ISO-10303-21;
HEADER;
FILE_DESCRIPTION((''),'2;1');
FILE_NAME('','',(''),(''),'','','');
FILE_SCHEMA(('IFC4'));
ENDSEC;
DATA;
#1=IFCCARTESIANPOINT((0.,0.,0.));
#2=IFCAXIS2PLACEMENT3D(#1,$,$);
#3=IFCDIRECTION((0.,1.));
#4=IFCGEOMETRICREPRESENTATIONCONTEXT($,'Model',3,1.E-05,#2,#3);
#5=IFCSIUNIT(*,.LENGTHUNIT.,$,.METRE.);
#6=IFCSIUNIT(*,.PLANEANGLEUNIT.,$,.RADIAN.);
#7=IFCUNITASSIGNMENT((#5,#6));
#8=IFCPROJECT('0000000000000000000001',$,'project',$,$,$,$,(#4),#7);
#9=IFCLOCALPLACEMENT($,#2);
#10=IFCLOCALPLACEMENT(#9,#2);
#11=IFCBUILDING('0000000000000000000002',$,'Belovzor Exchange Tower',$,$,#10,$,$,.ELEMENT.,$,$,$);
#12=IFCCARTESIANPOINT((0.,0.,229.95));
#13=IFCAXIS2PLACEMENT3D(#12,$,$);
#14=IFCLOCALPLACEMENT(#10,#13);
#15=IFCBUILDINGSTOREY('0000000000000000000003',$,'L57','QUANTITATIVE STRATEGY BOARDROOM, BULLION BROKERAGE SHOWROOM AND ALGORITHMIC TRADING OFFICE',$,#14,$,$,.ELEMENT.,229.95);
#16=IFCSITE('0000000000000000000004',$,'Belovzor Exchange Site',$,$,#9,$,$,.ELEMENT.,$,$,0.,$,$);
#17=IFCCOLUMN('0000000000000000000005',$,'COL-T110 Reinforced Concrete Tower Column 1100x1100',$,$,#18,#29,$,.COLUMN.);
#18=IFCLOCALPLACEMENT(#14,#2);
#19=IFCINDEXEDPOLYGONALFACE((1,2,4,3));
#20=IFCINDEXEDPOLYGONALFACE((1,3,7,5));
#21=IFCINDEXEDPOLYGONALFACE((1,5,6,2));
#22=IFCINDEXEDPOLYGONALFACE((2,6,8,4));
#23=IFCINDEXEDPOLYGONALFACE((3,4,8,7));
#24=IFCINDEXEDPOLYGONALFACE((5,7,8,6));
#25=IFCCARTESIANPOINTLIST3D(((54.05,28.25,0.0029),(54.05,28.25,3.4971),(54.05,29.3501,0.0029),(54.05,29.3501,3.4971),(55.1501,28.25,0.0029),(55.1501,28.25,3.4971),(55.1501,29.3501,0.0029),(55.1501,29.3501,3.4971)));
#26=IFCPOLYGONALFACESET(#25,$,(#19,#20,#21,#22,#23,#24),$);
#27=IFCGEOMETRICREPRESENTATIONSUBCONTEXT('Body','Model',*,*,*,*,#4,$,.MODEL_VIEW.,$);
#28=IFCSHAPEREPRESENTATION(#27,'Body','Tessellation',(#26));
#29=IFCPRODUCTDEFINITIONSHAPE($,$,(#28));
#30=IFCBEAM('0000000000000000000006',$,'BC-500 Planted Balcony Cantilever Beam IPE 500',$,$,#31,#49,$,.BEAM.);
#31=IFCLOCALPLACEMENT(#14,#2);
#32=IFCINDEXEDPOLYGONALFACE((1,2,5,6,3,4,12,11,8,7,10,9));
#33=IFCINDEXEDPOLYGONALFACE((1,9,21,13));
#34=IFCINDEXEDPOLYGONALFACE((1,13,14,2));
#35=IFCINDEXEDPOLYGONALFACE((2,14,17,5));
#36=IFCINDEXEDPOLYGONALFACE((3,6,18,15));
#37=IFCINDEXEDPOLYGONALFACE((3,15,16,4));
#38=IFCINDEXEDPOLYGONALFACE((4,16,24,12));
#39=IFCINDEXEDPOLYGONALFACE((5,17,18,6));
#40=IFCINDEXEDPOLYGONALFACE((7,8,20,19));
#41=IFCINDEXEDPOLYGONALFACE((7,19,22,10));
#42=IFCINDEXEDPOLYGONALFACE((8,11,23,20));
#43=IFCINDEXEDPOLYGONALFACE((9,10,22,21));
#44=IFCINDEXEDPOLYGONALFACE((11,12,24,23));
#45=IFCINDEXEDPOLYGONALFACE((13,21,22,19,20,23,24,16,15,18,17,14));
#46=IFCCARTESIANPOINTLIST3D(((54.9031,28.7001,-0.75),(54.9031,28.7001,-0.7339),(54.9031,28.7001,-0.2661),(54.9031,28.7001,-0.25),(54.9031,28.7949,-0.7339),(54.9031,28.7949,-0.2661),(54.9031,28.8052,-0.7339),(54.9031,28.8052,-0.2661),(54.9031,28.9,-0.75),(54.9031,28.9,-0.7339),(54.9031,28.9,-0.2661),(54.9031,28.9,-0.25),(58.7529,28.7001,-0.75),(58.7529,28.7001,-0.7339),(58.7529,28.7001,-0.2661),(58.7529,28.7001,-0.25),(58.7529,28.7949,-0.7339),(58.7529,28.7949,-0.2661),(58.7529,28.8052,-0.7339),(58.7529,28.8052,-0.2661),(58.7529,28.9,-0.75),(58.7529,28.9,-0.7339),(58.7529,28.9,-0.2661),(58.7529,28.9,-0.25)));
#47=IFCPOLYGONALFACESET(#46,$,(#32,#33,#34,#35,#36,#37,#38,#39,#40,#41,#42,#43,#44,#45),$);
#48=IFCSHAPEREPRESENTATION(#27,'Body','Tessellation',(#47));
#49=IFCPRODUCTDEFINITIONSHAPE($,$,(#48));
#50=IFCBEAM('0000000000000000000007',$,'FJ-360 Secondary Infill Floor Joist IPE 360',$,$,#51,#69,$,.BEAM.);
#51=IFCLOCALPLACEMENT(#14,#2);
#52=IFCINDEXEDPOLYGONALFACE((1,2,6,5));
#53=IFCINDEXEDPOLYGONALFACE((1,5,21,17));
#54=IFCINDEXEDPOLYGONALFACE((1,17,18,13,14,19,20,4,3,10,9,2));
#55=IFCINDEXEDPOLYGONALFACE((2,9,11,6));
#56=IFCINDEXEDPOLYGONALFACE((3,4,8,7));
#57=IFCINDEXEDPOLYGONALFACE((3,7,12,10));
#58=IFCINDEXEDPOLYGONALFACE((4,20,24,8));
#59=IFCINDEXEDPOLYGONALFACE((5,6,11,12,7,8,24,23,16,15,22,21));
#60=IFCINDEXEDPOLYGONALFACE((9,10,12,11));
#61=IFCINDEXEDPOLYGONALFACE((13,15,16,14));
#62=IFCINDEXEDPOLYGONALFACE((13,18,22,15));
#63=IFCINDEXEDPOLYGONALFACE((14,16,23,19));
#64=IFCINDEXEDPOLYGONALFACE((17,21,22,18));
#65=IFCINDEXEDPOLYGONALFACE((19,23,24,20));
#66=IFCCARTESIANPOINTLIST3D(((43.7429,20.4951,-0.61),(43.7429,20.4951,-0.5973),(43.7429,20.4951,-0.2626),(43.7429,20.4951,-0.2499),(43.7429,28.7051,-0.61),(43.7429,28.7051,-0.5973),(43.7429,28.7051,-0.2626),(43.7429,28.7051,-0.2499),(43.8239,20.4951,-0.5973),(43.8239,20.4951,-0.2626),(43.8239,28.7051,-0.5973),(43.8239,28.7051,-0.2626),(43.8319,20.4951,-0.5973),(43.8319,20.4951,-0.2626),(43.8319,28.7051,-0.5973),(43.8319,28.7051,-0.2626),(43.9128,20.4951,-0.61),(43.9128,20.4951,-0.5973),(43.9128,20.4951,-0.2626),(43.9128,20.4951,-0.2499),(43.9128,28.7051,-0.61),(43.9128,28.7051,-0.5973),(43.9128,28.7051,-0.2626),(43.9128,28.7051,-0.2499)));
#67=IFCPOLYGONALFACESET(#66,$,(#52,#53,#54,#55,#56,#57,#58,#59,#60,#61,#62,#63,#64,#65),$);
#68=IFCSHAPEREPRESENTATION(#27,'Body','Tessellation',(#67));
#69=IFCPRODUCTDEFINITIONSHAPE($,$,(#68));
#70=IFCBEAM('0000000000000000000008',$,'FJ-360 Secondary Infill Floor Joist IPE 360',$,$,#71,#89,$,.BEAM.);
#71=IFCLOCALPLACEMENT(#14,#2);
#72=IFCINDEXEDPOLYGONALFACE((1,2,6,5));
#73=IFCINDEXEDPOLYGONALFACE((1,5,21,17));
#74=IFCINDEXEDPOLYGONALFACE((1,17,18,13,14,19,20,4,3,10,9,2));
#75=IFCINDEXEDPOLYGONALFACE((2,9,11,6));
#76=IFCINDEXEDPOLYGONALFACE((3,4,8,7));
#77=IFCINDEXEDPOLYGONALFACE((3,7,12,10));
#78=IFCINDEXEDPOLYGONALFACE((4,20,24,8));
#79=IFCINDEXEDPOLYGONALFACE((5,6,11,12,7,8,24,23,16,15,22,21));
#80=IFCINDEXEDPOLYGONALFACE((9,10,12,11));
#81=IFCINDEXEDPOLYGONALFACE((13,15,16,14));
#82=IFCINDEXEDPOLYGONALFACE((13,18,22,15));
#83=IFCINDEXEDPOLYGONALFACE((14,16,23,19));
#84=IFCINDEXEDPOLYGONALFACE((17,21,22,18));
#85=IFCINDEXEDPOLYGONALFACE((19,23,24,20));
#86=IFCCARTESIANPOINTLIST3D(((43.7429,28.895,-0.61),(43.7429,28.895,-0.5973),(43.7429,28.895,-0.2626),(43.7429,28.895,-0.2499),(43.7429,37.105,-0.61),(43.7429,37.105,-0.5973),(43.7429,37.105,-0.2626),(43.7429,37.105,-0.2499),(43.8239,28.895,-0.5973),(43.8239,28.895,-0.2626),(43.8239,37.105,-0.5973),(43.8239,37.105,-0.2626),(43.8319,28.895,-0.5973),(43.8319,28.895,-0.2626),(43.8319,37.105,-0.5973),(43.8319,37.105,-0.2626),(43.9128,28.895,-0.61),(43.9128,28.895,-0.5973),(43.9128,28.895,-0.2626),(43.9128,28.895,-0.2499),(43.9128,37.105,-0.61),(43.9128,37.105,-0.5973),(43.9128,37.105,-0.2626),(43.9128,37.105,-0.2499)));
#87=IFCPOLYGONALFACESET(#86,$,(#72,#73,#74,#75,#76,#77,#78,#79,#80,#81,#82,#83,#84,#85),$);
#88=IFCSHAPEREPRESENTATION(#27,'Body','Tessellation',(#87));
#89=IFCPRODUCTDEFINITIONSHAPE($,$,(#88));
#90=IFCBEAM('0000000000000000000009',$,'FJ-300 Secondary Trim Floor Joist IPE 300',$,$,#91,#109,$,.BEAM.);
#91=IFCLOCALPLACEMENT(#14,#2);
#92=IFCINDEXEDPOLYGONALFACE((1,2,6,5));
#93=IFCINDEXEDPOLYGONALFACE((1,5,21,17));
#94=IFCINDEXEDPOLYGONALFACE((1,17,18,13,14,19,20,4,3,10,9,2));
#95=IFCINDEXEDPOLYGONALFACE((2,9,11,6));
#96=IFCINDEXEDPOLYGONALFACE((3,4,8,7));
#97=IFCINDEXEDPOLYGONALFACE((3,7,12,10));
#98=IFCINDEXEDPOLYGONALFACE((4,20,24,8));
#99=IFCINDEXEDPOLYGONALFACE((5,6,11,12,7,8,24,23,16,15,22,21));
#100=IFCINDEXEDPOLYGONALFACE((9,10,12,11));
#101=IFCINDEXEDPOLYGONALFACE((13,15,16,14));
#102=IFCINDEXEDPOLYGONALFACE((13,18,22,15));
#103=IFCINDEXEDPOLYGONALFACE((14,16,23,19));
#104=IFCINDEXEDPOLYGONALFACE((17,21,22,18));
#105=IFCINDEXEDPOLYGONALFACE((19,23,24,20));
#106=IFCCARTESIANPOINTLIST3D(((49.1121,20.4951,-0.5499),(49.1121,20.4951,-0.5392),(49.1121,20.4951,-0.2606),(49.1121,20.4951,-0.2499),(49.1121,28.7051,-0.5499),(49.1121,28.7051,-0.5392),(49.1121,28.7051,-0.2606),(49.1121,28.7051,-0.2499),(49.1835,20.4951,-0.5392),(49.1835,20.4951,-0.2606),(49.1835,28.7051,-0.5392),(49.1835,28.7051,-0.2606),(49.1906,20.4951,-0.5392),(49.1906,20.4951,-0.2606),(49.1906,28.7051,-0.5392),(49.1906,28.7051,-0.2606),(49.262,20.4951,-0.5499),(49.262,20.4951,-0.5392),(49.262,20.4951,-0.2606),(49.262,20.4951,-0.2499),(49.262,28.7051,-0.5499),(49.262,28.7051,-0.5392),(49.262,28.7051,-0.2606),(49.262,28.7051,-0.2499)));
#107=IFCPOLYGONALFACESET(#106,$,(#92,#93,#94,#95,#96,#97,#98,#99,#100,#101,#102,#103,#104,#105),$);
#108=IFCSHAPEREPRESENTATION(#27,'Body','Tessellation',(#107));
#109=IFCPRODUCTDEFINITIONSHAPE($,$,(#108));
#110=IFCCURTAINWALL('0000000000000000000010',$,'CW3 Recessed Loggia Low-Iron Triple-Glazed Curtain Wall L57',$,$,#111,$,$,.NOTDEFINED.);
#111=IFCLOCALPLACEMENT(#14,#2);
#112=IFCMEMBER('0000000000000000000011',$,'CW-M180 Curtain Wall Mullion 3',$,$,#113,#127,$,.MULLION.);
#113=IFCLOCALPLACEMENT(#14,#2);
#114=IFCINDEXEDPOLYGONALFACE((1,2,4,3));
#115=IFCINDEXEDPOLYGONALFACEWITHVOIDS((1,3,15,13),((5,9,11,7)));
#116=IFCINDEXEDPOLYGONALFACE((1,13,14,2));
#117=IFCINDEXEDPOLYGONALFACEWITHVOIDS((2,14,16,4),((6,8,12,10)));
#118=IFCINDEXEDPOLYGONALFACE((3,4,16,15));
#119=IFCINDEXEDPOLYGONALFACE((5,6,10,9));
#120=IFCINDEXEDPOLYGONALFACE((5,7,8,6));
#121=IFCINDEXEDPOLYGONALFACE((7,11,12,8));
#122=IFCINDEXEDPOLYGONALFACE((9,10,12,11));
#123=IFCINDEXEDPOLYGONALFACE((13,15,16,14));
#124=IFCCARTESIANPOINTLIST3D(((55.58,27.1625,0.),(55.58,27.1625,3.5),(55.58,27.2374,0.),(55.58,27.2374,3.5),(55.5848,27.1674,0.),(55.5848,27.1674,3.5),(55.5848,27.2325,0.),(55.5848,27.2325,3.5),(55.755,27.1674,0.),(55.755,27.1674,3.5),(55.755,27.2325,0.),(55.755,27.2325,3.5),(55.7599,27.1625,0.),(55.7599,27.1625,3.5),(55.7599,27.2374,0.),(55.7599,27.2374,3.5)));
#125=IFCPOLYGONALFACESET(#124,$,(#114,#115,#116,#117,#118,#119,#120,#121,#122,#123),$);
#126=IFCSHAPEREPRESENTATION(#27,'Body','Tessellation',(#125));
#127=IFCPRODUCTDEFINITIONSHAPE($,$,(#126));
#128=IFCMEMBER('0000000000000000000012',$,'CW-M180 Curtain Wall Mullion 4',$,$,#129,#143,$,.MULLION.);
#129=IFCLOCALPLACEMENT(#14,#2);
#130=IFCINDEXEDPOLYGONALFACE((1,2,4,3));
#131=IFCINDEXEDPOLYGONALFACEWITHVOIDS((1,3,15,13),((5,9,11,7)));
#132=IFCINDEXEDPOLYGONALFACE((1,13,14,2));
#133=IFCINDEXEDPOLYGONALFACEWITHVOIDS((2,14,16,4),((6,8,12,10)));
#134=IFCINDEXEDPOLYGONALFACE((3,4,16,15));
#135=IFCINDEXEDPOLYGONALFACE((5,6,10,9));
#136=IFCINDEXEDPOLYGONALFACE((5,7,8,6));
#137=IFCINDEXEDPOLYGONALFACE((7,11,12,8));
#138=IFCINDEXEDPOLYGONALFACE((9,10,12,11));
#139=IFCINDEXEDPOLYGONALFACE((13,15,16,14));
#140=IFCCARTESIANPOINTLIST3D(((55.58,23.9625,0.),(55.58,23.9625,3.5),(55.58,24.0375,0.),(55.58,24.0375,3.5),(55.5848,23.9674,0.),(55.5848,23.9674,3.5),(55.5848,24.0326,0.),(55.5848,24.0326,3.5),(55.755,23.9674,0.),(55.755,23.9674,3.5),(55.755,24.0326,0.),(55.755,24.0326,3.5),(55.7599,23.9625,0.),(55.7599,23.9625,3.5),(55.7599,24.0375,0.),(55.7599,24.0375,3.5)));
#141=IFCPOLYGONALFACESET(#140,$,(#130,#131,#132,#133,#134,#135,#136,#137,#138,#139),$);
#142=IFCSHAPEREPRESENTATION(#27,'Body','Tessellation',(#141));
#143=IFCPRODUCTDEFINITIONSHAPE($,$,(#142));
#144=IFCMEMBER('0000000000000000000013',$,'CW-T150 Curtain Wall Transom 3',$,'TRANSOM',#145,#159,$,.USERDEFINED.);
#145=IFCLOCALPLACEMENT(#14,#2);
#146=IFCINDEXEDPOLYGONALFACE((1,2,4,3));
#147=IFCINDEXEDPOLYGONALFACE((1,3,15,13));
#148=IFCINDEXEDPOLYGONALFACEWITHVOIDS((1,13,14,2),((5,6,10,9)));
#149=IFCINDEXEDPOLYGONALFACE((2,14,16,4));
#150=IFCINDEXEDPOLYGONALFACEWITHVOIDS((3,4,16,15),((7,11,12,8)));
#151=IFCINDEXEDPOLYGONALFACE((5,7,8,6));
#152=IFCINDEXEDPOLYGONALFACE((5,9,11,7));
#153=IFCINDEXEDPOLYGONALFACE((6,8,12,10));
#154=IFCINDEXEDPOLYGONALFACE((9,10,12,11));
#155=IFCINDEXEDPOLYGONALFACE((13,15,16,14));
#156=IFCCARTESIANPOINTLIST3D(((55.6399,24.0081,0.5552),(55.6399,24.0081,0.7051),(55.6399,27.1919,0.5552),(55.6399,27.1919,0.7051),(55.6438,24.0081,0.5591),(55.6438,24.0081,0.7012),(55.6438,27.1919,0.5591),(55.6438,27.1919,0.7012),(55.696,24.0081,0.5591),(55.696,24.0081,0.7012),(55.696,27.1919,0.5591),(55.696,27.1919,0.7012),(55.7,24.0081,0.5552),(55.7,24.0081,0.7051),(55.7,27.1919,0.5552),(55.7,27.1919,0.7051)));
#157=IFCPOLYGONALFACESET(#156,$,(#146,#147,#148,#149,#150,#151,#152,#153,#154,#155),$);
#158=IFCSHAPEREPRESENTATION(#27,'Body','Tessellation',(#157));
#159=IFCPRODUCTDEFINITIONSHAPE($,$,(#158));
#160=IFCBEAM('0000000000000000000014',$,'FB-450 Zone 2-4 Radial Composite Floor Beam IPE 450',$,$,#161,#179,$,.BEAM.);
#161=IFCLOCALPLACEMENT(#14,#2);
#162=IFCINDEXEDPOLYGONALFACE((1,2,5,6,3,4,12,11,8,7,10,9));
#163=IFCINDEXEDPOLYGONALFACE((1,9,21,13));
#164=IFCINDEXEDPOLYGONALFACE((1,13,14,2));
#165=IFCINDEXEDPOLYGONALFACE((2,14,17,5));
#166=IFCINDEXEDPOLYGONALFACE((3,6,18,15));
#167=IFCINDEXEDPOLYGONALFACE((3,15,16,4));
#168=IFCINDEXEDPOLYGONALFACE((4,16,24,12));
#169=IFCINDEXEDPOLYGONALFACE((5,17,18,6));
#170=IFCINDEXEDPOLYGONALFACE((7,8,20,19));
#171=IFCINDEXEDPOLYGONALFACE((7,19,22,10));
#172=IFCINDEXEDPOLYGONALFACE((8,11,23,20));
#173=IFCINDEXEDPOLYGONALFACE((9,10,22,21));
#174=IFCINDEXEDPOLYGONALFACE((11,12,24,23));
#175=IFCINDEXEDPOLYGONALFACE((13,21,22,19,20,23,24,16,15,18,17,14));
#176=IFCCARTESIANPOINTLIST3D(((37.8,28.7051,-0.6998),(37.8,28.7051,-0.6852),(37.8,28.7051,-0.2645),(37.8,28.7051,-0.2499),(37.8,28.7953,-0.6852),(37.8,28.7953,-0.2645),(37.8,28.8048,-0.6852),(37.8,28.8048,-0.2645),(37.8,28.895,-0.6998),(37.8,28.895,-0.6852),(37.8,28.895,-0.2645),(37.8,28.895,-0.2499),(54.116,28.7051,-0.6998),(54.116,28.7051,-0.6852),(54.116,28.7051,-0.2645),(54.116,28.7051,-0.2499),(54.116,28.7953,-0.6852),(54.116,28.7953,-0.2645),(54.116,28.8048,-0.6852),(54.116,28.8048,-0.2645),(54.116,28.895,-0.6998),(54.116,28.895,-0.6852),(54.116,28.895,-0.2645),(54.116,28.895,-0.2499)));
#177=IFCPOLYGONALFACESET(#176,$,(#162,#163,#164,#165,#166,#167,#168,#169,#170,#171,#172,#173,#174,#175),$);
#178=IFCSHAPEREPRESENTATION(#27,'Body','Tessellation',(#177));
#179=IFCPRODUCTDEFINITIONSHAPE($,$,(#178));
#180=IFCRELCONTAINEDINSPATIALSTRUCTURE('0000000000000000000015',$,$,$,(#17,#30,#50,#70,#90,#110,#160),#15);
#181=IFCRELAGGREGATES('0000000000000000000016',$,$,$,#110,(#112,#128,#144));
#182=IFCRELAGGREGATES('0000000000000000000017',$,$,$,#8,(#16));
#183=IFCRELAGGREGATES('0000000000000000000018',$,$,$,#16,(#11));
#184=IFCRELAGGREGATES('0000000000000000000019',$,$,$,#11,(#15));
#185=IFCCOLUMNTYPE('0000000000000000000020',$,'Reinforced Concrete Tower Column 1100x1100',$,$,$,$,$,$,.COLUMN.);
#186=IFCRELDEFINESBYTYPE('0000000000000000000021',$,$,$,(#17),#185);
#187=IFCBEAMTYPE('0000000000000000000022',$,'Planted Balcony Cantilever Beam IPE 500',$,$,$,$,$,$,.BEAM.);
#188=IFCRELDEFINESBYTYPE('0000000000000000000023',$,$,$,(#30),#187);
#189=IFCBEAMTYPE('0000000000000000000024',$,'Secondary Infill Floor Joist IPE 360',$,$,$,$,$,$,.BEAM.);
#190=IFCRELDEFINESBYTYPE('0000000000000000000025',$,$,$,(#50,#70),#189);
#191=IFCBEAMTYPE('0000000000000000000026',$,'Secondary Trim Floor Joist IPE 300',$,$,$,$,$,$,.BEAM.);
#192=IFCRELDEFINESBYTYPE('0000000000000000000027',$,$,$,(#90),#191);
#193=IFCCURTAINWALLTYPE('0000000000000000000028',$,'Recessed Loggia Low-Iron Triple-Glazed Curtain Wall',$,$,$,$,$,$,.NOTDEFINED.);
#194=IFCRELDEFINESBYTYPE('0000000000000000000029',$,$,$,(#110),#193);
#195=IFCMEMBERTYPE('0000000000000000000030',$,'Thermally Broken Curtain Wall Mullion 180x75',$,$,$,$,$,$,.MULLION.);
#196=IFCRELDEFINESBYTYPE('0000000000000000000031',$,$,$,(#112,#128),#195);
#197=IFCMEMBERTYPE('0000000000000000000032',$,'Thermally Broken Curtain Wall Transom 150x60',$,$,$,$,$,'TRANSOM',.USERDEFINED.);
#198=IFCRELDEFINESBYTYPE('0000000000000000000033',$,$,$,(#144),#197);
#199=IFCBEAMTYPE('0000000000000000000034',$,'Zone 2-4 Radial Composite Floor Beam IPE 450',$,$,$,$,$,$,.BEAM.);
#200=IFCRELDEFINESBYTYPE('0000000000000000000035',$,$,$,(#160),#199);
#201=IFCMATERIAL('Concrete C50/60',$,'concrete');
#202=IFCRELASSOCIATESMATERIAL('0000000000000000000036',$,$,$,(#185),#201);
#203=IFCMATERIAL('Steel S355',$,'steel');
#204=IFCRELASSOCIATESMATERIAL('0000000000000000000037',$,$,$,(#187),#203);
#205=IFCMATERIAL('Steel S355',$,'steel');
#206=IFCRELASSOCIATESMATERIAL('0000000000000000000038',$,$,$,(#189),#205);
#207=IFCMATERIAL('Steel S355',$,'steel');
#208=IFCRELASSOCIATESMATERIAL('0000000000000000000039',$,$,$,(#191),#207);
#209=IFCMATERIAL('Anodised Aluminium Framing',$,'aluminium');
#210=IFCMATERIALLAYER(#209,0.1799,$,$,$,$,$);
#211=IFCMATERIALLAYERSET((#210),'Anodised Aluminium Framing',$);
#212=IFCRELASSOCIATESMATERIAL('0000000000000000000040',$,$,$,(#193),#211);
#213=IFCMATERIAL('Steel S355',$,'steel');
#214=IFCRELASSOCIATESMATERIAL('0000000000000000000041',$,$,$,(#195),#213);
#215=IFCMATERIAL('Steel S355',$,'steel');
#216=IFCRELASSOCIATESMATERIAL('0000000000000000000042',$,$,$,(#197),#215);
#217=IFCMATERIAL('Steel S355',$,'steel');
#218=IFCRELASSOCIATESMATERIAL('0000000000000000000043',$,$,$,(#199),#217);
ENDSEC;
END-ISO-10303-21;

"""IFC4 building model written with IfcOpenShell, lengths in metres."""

from ifc_helpers import new_model, si_unit, direction, frame, origin, origin_2d, place, context, subcontext, project, spatial, rectangle, hollow_rectangle, i_section, extrude, material, layer, layer_set, material_profile, profile_set, type_object, element, aggregate, save


model = new_model("IFC4")

# Units and contexts
model_context = context("Model", 3, precision=1e-05, world=origin(), true_north=direction((0.0, 1.0)))
body_context = subcontext(model_context, "Body", "Model", "MODEL_VIEW")
ifc_project = project(units=[si_unit("LENGTHUNIT", "METRE"), si_unit("PLANEANGLEUNIT", "RADIAN")], contexts=[model_context])

# Site, building, storey
site_placement = place(None, origin())
site = spatial("IfcSite", under=ifc_project, at=site_placement, Name="Belovzor Exchange Site", CompositionType="ELEMENT", RefElevation=0.0)
building_placement = place(site_placement, origin())
building = spatial("IfcBuilding", under=site, at=building_placement, Name="Belovzor Exchange Tower", CompositionType="ELEMENT")
storey_placement = place(building_placement, frame((0.0, 0.0, 229.95)))
storey = spatial("IfcBuildingStorey", under=building, at=storey_placement, Name="L57", Description="QUANTITATIVE STRATEGY BOARDROOM, BULLION BROKERAGE SHOWROOM AND ALGORITHMIC TRADING OFFICE", CompositionType="ELEMENT", Elevation=229.95)

# Column
ifc_material_1 = material(Name="Concrete C50/60", Category="concrete")
ifc_material_profile_1 = material_profile(ifc_material_1, rectangle(XDim=1.1001, YDim=1.1001, at=origin_2d()))
ifc_profile_set_1 = profile_set([ifc_material_profile_1], Name="Concrete C50/60")
column_type = type_object("IfcColumnType", Name="Reinforced Concrete Tower Column 1100x1100", PredefinedType="COLUMN", material=ifc_profile_set_1)
column_placement = place(storey_placement, frame((54.6001, 28.8, 0.0029), z_axis=(0.0, 0.0, 1.0), x_axis=(1.0, 0.0, 0.0)))
element("IfcColumn", 1, at=column_placement, inside=storey, type_object=column_type, Name="COL-T110 Reinforced Concrete Tower Column 1100x1100", PredefinedType="COLUMN", context=body_context, shape_type="SweptSolid", body=[
    extrude(rectangle(XDim=1.1001, YDim=1.1001, at=origin_2d()), origin(), (0.0, 0.0, 1.0), 3.4941),
])

# Beams
ifc_material_2 = material(Name="Steel S355", Category="steel")
ifc_material_profile_2 = material_profile(ifc_material_2, i_section(OverallWidth=0.2, OverallDepth=0.5, WebThickness=0.0103, FlangeThickness=0.0161, at=origin_2d()))
ifc_profile_set_2 = profile_set([ifc_material_profile_2], Name="Steel S355")
beam_type_1 = type_object("IfcBeamType", Name="Planted Balcony Cantilever Beam IPE 500", PredefinedType="BEAM", material=ifc_profile_set_2)
beam_1_placement = place(storey_placement, frame((54.9031, 28.8, -0.5), z_axis=(1.0, 0.0, 0.0), x_axis=(0.0, 1.0, 0.0)))
element("IfcBeam", 2, at=beam_1_placement, inside=storey, type_object=beam_type_1, Name="BC-500 Planted Balcony Cantilever Beam IPE 500", PredefinedType="BEAM", context=body_context, shape_type="SweptSolid", body=[
    extrude(i_section(OverallWidth=0.2, OverallDepth=0.5, WebThickness=0.0103, FlangeThickness=0.0161, at=origin_2d()), origin(), (0.0, 0.0, 1.0), 3.8499),
])
ifc_material_3 = material(Name="Steel S355", Category="steel")
ifc_material_profile_3 = material_profile(ifc_material_3, i_section(OverallWidth=0.1699, OverallDepth=0.3601, WebThickness=0.0081, FlangeThickness=0.0127, at=origin_2d()))
ifc_profile_set_3 = profile_set([ifc_material_profile_3], Name="Steel S355")
beam_type_2 = type_object("IfcBeamType", Name="Secondary Infill Floor Joist IPE 360", PredefinedType="BEAM", material=ifc_profile_set_3)
for number, where, z_axis, x_axis, name in (
    (3, (43.8279, 20.4951, -0.4299), (0.0, 1.0, 0.0), (-1.0, 0.0, 0.0), "FJ-360 Secondary Infill Floor Joist IPE 360"),
    (4, (43.8279, 28.895, -0.4299), (0.0, 1.0, 0.0), (-1.0, 0.0, 0.0), "FJ-360 Secondary Infill Floor Joist IPE 360"),
):
    element("IfcBeam", number, at=place(storey_placement, frame(where, z_axis=z_axis, x_axis=x_axis)), inside=storey, type_object=beam_type_2, Name=name, PredefinedType="BEAM", context=body_context, shape_type="SweptSolid", body=[
        extrude(i_section(OverallWidth=0.1699, OverallDepth=0.3601, WebThickness=0.0081, FlangeThickness=0.0127, at=origin_2d()), origin(), (0.0, 0.0, 1.0), 8.21),
    ])
ifc_material_4 = material(Name="Steel S355", Category="steel")
ifc_material_profile_4 = material_profile(ifc_material_4, i_section(OverallWidth=0.1499, OverallDepth=0.3, WebThickness=0.0071, FlangeThickness=0.0107, at=origin_2d()))
ifc_profile_set_4 = profile_set([ifc_material_profile_4], Name="Steel S355")
beam_type_3 = type_object("IfcBeamType", Name="Secondary Trim Floor Joist IPE 300", PredefinedType="BEAM", material=ifc_profile_set_4)
beam_2_placement = place(storey_placement, frame((49.187, 20.4951, -0.3999), z_axis=(0.0, 1.0, 0.0), x_axis=(-1.0, 0.0, 0.0)))
element("IfcBeam", 5, at=beam_2_placement, inside=storey, type_object=beam_type_3, Name="FJ-300 Secondary Trim Floor Joist IPE 300", PredefinedType="BEAM", context=body_context, shape_type="SweptSolid", body=[
    extrude(i_section(OverallWidth=0.1499, OverallDepth=0.3, WebThickness=0.0071, FlangeThickness=0.0107, at=origin_2d()), origin(), (0.0, 0.0, 1.0), 8.21),
])

# Curtain wall, members
ifc_material_5 = material(Name="Anodised Aluminium Framing", Category="aluminium")
ifc_layer_1 = layer(ifc_material_5, 0.1799)
ifc_layer_set_1 = layer_set([ifc_layer_1], Name="Anodised Aluminium Framing")
curtain_wall_type = type_object("IfcCurtainWallType", Name="Recessed Loggia Low-Iron Triple-Glazed Curtain Wall", PredefinedType="NOTDEFINED", material=ifc_layer_set_1)
curtain_wall_placement = place(storey_placement, origin())
curtain_wall = element("IfcCurtainWall", 6, at=curtain_wall_placement, inside=storey, type_object=curtain_wall_type, Name="CW3 Recessed Loggia Low-Iron Triple-Glazed Curtain Wall L57", PredefinedType="NOTDEFINED")
ifc_material_6 = material(Name="Steel S355", Category="steel")
ifc_material_profile_5 = material_profile(ifc_material_6, hollow_rectangle(XDim=0.075, YDim=0.1799, WallThickness=0.0049, at=origin_2d()))
ifc_profile_set_5 = profile_set([ifc_material_profile_5], Name="Steel S355")
member_type_1 = type_object("IfcMemberType", Name="Thermally Broken Curtain Wall Mullion 180x75", PredefinedType="MULLION", material=ifc_profile_set_5)
member_1_placement = place(storey_placement, frame((55.6699, 27.2, 0.0), z_axis=(0.0, 0.0, 1.0), x_axis=(0.0, -1.0, 0.0)))
member_1 = element("IfcMember", 7, at=member_1_placement, type_object=member_type_1, Name="CW-M180 Curtain Wall Mullion 3", PredefinedType="MULLION", context=body_context, shape_type="SweptSolid", body=[
    extrude(hollow_rectangle(XDim=0.075, YDim=0.1799, WallThickness=0.0049, at=origin_2d()), origin(), (0.0, 0.0, 1.0), 3.5),
])
member_2_placement = place(storey_placement, frame((55.6699, 24.0, 0.0), z_axis=(0.0, 0.0, 1.0), x_axis=(0.0, -1.0, 0.0)))
member_2 = element("IfcMember", 8, at=member_2_placement, type_object=member_type_1, Name="CW-M180 Curtain Wall Mullion 4", PredefinedType="MULLION", context=body_context, shape_type="SweptSolid", body=[
    extrude(hollow_rectangle(XDim=0.075, YDim=0.1799, WallThickness=0.0049, at=origin_2d()), origin(), (0.0, 0.0, 1.0), 3.5),
])
ifc_material_7 = material(Name="Steel S355", Category="steel")
ifc_material_profile_6 = material_profile(ifc_material_7, hollow_rectangle(XDim=0.0601, YDim=0.1499, WallThickness=0.0039, at=origin_2d()))
ifc_profile_set_6 = profile_set([ifc_material_profile_6], Name="Steel S355")
member_type_2 = type_object("IfcMemberType", Name="Thermally Broken Curtain Wall Transom 150x60", ElementType="TRANSOM", PredefinedType="USERDEFINED", material=ifc_profile_set_6)
member_3_placement = place(storey_placement, frame((55.6699, 27.1919, 0.6301), z_axis=(0.0, -1.0, 0.0), x_axis=(1.0, 0.0, 0.0)))
member_3 = element("IfcMember", 9, at=member_3_placement, type_object=member_type_2, Name="CW-T150 Curtain Wall Transom 3", ObjectType="TRANSOM", PredefinedType="USERDEFINED", context=body_context, shape_type="SweptSolid", body=[
    extrude(hollow_rectangle(XDim=0.0601, YDim=0.1499, WallThickness=0.0039, at=origin_2d()), origin(), (0.0, 0.0, 1.0), 3.1838),
])

# Beam
ifc_material_8 = material(Name="Steel S355", Category="steel")
ifc_material_profile_7 = material_profile(ifc_material_8, i_section(OverallWidth=0.1899, OverallDepth=0.45, WebThickness=0.0095, FlangeThickness=0.0146, at=origin_2d()))
ifc_profile_set_7 = profile_set([ifc_material_profile_7], Name="Steel S355")
beam_type_4 = type_object("IfcBeamType", Name="Zone 2-4 Radial Composite Floor Beam IPE 450", PredefinedType="BEAM", material=ifc_profile_set_7)
beam_3_placement = place(storey_placement, frame((37.8, 28.8, -0.4749), z_axis=(1.0, 0.0, 0.0), x_axis=(0.0, 1.0, 0.0)))
element("IfcBeam", 10, at=beam_3_placement, inside=storey, type_object=beam_type_4, Name="FB-450 Zone 2-4 Radial Composite Floor Beam IPE 450", PredefinedType="BEAM", context=body_context, shape_type="SweptSolid", body=[
    extrude(i_section(OverallWidth=0.1899, OverallDepth=0.45, WebThickness=0.0095, FlangeThickness=0.0146, at=origin_2d()), origin(), (0.0, 0.0, 1.0), 16.3159),
])

aggregate(curtain_wall, [member_1, member_2, member_3])

save(model, "model.ifc")
